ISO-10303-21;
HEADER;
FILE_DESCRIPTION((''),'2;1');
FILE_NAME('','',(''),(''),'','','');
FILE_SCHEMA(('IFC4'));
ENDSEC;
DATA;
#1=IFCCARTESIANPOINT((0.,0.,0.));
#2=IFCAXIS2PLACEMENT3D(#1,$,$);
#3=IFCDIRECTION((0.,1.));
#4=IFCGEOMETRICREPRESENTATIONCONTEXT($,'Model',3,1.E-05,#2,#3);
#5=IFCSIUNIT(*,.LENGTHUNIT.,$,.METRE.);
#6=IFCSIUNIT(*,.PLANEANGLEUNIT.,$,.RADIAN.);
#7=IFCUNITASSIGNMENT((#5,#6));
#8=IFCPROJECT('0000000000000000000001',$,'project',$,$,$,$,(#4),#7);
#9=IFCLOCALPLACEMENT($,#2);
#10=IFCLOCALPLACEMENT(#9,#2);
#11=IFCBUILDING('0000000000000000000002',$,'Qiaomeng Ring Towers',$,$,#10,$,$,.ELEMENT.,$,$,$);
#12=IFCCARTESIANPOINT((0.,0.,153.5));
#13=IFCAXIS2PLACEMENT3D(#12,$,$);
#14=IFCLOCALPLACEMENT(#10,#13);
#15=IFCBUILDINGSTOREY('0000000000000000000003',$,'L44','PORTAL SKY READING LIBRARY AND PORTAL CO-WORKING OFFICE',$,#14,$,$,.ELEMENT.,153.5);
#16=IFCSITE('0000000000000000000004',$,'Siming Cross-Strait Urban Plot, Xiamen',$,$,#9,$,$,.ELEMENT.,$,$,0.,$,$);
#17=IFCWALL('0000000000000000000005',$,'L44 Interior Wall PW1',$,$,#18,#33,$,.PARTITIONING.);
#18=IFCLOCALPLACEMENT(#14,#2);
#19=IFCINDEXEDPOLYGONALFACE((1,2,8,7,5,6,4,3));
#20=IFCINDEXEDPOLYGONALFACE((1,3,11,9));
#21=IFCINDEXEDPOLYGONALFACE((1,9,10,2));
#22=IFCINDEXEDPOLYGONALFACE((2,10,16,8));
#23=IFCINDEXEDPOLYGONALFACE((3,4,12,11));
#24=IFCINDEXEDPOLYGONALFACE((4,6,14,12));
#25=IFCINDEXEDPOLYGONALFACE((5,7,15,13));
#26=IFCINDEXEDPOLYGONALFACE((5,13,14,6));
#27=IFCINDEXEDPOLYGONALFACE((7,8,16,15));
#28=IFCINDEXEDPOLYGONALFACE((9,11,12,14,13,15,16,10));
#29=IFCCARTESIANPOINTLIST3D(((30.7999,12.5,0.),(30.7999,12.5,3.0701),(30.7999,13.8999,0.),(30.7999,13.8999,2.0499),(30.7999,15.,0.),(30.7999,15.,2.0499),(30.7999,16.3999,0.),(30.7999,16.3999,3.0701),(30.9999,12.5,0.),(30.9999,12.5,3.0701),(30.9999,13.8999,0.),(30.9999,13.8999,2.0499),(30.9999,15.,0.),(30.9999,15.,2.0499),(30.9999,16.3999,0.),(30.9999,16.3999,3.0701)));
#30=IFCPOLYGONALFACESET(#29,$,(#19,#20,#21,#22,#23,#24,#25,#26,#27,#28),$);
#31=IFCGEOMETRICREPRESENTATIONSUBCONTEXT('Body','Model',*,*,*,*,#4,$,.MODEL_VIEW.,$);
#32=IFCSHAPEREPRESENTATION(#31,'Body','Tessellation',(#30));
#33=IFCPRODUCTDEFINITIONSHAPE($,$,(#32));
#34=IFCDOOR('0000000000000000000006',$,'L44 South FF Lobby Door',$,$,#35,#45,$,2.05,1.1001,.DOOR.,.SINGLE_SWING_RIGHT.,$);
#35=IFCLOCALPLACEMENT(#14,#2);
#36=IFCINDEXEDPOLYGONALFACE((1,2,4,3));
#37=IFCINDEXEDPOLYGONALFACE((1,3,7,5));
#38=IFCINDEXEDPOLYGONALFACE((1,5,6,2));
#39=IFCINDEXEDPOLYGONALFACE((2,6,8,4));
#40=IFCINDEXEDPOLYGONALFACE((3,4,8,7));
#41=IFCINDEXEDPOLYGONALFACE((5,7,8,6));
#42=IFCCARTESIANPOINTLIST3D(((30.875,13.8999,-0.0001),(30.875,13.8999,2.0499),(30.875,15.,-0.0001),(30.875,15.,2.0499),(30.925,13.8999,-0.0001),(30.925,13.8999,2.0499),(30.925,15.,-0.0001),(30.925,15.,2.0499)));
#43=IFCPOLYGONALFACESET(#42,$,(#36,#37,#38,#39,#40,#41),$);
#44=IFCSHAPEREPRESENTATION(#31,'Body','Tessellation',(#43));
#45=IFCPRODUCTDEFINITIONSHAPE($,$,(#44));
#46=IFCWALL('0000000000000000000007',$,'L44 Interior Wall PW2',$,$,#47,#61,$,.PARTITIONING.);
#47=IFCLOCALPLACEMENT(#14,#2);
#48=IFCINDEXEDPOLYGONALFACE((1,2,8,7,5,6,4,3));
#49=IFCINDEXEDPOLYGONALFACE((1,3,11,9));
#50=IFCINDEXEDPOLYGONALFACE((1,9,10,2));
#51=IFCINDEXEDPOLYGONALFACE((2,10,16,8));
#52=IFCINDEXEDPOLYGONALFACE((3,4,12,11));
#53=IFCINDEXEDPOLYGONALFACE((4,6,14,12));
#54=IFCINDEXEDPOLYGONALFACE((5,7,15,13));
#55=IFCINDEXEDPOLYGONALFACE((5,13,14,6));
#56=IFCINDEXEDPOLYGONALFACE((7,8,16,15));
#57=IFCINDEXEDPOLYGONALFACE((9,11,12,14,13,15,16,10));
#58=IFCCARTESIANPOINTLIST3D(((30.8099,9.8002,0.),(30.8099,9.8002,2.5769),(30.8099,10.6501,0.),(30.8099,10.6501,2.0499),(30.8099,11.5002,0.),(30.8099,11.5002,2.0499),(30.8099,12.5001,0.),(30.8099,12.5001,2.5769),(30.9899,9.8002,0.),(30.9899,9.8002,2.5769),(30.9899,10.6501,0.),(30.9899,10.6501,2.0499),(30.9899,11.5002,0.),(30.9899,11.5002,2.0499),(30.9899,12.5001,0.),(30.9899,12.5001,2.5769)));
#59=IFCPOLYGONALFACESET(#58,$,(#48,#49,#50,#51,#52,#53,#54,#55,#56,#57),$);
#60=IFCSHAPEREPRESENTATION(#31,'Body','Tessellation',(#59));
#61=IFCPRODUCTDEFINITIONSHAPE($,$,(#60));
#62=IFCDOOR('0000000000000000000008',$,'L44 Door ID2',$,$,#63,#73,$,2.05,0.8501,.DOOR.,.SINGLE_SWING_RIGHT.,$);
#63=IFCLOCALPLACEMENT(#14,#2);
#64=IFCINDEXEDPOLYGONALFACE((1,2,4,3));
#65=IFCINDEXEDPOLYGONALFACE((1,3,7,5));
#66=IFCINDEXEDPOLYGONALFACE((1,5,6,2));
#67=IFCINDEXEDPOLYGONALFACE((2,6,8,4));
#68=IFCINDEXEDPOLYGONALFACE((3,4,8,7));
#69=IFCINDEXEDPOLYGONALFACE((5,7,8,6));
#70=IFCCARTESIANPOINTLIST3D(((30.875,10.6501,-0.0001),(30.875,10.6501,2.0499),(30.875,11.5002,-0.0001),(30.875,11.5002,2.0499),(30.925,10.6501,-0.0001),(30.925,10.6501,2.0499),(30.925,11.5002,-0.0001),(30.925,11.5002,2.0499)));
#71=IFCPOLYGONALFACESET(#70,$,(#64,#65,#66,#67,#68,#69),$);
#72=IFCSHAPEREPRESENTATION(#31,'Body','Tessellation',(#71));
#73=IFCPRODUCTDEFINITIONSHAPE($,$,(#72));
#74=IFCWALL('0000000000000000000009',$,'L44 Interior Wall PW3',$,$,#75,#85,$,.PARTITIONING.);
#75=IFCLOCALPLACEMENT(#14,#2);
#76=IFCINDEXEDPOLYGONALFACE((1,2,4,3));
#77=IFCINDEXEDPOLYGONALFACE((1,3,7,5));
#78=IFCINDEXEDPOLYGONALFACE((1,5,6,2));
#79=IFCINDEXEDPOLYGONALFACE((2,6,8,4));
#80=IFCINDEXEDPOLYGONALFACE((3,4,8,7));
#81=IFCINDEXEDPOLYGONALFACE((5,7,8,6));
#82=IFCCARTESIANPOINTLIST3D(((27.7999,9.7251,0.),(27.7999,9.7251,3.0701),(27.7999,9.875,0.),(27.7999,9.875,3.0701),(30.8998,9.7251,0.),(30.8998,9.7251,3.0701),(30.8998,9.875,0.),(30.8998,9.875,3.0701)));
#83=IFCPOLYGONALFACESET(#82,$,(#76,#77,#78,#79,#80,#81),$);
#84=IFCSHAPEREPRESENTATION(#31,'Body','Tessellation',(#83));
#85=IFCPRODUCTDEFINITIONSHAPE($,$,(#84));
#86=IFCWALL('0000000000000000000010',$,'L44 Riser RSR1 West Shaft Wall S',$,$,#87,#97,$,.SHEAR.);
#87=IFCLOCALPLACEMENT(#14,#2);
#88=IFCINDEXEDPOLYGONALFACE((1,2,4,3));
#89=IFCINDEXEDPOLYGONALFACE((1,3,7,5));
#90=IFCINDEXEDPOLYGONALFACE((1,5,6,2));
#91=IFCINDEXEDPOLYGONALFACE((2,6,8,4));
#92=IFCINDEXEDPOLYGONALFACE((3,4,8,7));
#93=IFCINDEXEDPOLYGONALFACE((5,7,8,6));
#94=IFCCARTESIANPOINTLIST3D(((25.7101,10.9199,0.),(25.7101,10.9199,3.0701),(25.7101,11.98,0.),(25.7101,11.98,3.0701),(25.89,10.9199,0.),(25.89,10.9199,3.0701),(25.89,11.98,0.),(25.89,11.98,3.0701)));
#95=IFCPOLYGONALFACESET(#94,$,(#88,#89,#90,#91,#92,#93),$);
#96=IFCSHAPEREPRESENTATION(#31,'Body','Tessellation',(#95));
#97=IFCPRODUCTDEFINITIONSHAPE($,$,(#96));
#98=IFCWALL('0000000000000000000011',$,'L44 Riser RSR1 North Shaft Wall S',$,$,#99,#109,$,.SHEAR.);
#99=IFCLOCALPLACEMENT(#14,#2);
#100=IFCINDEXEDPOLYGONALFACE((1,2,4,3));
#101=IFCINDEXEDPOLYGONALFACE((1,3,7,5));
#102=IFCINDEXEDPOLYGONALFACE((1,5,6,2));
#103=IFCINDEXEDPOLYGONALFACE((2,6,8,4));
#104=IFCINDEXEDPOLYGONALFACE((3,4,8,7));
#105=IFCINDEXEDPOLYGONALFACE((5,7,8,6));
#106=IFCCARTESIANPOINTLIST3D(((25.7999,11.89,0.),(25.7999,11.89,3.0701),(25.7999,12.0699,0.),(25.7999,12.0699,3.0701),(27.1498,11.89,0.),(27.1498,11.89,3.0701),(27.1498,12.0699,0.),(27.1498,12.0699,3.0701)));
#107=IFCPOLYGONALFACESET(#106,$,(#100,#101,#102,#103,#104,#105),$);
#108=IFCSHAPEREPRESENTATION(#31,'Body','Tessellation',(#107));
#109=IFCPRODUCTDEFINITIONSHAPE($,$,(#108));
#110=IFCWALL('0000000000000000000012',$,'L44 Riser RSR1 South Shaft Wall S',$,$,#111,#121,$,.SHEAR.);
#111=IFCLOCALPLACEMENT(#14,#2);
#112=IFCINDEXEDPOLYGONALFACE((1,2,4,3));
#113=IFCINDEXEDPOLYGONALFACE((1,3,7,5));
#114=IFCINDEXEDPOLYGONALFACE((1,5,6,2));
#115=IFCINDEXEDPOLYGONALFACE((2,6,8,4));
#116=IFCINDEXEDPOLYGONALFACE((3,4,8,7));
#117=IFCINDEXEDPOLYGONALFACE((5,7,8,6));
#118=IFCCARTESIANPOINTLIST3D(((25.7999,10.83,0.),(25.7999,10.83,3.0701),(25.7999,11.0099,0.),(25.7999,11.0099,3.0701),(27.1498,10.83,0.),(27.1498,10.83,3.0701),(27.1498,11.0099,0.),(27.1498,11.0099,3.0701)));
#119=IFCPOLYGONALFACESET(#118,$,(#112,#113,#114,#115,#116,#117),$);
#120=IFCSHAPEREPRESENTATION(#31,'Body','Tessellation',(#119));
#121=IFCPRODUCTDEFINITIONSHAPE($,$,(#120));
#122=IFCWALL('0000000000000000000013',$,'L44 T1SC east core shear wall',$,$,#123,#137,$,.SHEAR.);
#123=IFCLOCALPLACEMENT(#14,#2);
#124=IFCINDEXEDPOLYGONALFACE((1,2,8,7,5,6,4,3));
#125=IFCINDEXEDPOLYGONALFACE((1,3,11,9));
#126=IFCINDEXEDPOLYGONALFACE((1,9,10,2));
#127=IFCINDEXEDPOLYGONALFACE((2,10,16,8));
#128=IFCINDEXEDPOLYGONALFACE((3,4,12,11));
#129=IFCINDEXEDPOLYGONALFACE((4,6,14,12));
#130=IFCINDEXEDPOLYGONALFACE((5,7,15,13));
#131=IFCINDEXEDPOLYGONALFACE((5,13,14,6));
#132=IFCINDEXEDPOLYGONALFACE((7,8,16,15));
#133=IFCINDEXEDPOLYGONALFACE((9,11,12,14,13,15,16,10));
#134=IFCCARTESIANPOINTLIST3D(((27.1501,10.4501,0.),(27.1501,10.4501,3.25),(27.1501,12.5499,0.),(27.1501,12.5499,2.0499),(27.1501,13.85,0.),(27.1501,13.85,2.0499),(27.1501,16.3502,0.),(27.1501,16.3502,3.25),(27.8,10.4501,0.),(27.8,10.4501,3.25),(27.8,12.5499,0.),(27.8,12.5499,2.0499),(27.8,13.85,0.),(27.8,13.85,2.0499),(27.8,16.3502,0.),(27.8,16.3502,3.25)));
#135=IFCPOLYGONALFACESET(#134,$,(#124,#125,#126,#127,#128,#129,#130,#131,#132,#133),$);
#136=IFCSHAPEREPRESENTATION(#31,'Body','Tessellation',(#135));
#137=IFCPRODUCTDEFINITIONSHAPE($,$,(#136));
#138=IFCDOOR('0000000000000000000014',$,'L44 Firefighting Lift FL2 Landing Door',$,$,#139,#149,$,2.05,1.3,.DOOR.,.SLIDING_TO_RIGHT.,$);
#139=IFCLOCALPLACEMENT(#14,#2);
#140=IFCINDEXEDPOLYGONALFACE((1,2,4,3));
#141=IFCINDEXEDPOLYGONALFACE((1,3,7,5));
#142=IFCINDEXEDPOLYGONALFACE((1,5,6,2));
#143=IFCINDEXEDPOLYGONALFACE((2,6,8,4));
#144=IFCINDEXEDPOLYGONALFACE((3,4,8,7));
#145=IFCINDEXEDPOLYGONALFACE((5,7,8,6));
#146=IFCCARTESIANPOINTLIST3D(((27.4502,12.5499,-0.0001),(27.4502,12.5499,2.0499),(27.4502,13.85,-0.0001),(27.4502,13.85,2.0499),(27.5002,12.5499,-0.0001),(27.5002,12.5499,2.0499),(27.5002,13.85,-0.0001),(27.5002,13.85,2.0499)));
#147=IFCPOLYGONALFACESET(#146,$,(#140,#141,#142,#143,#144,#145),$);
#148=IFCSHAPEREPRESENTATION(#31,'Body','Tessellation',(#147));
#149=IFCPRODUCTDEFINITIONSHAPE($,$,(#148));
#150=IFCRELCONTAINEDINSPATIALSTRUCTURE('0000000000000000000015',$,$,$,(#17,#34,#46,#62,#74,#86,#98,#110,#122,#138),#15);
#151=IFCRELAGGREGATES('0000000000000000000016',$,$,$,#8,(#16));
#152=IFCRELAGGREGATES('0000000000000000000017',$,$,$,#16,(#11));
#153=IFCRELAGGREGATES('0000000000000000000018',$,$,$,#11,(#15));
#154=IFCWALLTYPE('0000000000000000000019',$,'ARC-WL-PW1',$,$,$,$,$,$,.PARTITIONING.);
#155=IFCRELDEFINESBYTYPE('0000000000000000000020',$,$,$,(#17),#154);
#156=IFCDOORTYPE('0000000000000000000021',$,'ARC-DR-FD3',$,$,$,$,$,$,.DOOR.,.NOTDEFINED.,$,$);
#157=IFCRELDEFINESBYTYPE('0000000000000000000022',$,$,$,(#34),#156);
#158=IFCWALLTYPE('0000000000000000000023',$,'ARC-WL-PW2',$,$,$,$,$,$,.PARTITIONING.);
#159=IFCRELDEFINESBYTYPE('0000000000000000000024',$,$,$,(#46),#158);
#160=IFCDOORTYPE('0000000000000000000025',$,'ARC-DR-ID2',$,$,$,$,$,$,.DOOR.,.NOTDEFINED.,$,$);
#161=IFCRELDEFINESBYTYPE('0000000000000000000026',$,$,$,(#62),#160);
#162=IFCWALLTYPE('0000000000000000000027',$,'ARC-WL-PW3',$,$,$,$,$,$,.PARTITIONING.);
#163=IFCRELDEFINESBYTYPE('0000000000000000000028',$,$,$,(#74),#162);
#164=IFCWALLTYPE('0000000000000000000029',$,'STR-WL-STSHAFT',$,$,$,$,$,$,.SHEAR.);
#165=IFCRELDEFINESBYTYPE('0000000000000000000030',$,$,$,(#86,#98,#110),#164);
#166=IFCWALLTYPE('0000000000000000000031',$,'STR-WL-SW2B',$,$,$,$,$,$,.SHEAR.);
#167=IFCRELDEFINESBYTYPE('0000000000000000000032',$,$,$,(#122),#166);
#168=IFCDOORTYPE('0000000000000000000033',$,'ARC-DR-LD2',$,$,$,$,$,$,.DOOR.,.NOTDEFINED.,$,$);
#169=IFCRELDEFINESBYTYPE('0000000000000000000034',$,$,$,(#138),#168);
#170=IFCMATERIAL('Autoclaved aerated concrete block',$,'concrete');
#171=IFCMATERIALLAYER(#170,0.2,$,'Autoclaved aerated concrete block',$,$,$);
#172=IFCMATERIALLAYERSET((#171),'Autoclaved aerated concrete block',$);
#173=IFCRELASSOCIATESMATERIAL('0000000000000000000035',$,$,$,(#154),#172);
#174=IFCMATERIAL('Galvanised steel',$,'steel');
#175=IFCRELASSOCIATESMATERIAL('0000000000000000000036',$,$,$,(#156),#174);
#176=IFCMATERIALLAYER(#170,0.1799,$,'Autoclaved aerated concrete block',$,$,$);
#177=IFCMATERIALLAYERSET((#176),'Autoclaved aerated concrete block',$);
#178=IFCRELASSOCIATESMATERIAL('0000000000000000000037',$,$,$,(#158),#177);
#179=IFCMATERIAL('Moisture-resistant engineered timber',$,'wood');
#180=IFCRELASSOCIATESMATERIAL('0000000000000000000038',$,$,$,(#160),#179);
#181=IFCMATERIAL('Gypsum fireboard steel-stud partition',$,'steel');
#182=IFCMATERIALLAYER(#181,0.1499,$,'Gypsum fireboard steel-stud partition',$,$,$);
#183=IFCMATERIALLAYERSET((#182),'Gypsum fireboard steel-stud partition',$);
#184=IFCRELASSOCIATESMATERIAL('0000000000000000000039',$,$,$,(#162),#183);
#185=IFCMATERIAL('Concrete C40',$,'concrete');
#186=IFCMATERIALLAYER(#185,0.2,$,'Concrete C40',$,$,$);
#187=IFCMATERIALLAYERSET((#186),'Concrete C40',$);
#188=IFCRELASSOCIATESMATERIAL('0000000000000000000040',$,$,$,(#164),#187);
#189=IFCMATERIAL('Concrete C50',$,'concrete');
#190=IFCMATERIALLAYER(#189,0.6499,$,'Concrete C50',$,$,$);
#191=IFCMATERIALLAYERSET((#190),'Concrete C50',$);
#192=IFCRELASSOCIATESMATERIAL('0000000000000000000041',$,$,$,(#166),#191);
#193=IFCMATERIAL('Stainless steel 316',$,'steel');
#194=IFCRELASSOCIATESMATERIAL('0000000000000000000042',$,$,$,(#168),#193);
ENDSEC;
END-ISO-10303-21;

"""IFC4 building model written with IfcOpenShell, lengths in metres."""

from ifc_helpers import new_model, si_unit, direction, frame, frame_2d, origin, place, context, subcontext, project, spatial, rectangle, extrude, source, transform, mapped, material, layer, layer_set, type_object, element, fill, save


model = new_model("IFC4")

# Units and contexts
model_context = context("Model", 3, precision=1e-05, world=origin(), true_north=direction((0.0, 1.0)))
body_context = subcontext(model_context, "Body", "Model", "MODEL_VIEW")
ifc_project = project(units=[si_unit("LENGTHUNIT", "METRE"), si_unit("PLANEANGLEUNIT", "RADIAN")], contexts=[model_context])

# Site, building, storey
site_placement = place(None, origin())
site = spatial("IfcSite", under=ifc_project, at=site_placement, Name="Siming Cross-Strait Urban Plot, Xiamen", CompositionType="ELEMENT", RefElevation=0.0)
building_placement = place(site_placement, origin())
building = spatial("IfcBuilding", under=site, at=building_placement, Name="Qiaomeng Ring Towers", CompositionType="ELEMENT")
storey_placement = place(building_placement, frame((0.0, 0.0, 153.5)))
storey = spatial("IfcBuildingStorey", under=building, at=storey_placement, Name="L44", Description="PORTAL SKY READING LIBRARY AND PORTAL CO-WORKING OFFICE", CompositionType="ELEMENT", Elevation=153.5)

# Shared definitions
ifc_material_1 = material(Name="Concrete C50", Category="concrete")

# Shared definitions
ifc_material_2 = material(Name="Autoclaved aerated concrete block", Category="concrete")
ifc_layer_1 = layer(ifc_material_2, 0.2, Name="Autoclaved aerated concrete block")
ifc_layer_set_1 = layer_set([ifc_layer_1], Name="Autoclaved aerated concrete block")
wall_type_1 = type_object("IfcWallType", Name="ARC-WL-PW1", PredefinedType="PARTITIONING", material=ifc_layer_set_1)

# Walls, openings, doors
wall_1_placement = place(storey_placement, frame((30.8999, 12.5, 0.0), z_axis=(0.0, 0.0, 1.0), x_axis=(0.0, 1.0, 0.0)))
wall_1 = element("IfcWall", 1, at=wall_1_placement, inside=storey, type_object=wall_type_1, Name="L44 Interior Wall PW1", PredefinedType="PARTITIONING", context=body_context, shape_type="SweptSolid", body=[
    extrude(rectangle(XDim=3.8999, YDim=0.2, at=frame_2d((1.95, 0.0))), origin(), (0.0, 0.0, 1.0), 3.0701),
])
opening_1_placement = place(wall_1_placement, frame((1.3999, 0.0, 0.0)))
opening_1 = element("IfcOpeningElement", 2, at=opening_1_placement, cuts=wall_1, PredefinedType="OPENING", context=body_context, shape_type="SweptSolid", body=[
    extrude(rectangle(XDim=1.1001, YDim=2.05, at=frame_2d((0.55, 1.0249))), frame((0.0, 0.1099, 0.0), z_axis=(0.0, -1.0, 0.0), x_axis=(1.0, 0.0, 0.0)), (0.0, 0.0, 1.0), 0.22),
])
ifc_material_3 = material(Name="Galvanised steel", Category="steel")
door_type_1 = type_object("IfcDoorType", Name="ARC-DR-FD3", OperationType="NOTDEFINED", PredefinedType="DOOR", material=ifc_material_3)
shared_shape_1 = source(origin(), body_context, "Body", "SweptSolid", [
    extrude(rectangle(XDim=1.1001, YDim=2.05, at=frame_2d((0.55, 1.0249))), frame((0.0, 0.0249, 0.0), z_axis=(0.0, -1.0, 0.0), x_axis=(1.0, 0.0, 0.0)), (0.0, 0.0, 1.0), 0.05),
])
door_1_placement = place(opening_1_placement, origin())
door_1 = element("IfcDoor", 3, at=door_1_placement, inside=storey, type_object=door_type_1, Name="L44 South FF Lobby Door", OperationType="SINGLE_SWING_RIGHT", OverallHeight=2.05, OverallWidth=1.1001, PredefinedType="DOOR", context=body_context, shape_type="MappedRepresentation", body=[
    mapped(shared_shape_1, transform((0.0, 0.0, 0.0), x_axis=(1.0, 0.0, 0.0), y_axis=(0.0, 1.0, 0.0), z_axis=(0.0, 0.0, 1.0), scale=1.0)),
])
fill(opening_1, door_1)
ifc_layer_2 = layer(ifc_material_2, 0.1799, Name="Autoclaved aerated concrete block")
ifc_layer_set_2 = layer_set([ifc_layer_2], Name="Autoclaved aerated concrete block")
wall_type_2 = type_object("IfcWallType", Name="ARC-WL-PW2", PredefinedType="PARTITIONING", material=ifc_layer_set_2)
wall_2_placement = place(storey_placement, frame((30.8999, 9.8, 0.0), z_axis=(0.0, 0.0, 1.0), x_axis=(0.0, 1.0, 0.0)))
wall_2 = element("IfcWall", 4, at=wall_2_placement, inside=storey, type_object=wall_type_2, Name="L44 Interior Wall PW2", PredefinedType="PARTITIONING", context=body_context, shape_type="SweptSolid", body=[
    extrude(rectangle(XDim=2.7, YDim=0.1799, at=frame_2d((1.3501, 0.0))), origin(), (0.0, 0.0, 1.0), 2.5769),
])
opening_2_placement = place(wall_2_placement, frame((0.8501, 0.0, 0.0)))
opening_2 = element("IfcOpeningElement", 5, at=opening_2_placement, cuts=wall_2, PredefinedType="OPENING", context=body_context, shape_type="SweptSolid", body=[
    extrude(rectangle(XDim=0.8501, YDim=2.05, at=frame_2d((0.425, 1.0249))), frame((0.0, 0.0999, 0.0), z_axis=(0.0, -1.0, 0.0), x_axis=(1.0, 0.0, 0.0)), (0.0, 0.0, 1.0), 0.2),
])
ifc_material_4 = material(Name="Moisture-resistant engineered timber", Category="wood")
door_type_2 = type_object("IfcDoorType", Name="ARC-DR-ID2", OperationType="NOTDEFINED", PredefinedType="DOOR", material=ifc_material_4)
shared_shape_2 = source(origin(), body_context, "Body", "SweptSolid", [
    extrude(rectangle(XDim=0.8501, YDim=2.05, at=frame_2d((0.425, 1.0249))), frame((0.0, 0.0249, 0.0), z_axis=(0.0, -1.0, 0.0), x_axis=(1.0, 0.0, 0.0)), (0.0, 0.0, 1.0), 0.05),
])
door_2_placement = place(opening_2_placement, origin())
door_2 = element("IfcDoor", 6, at=door_2_placement, inside=storey, type_object=door_type_2, Name="L44 Door ID2", OperationType="SINGLE_SWING_RIGHT", OverallHeight=2.05, OverallWidth=0.8501, PredefinedType="DOOR", context=body_context, shape_type="MappedRepresentation", body=[
    mapped(shared_shape_2, transform((0.0, 0.0, 0.0), x_axis=(1.0, 0.0, 0.0), y_axis=(0.0, 1.0, 0.0), z_axis=(0.0, 0.0, 1.0), scale=1.0)),
])
fill(opening_2, door_2)

# Walls
ifc_material_5 = material(Name="Gypsum fireboard steel-stud partition", Category="steel")
ifc_layer_3 = layer(ifc_material_5, 0.1499, Name="Gypsum fireboard steel-stud partition")
ifc_layer_set_3 = layer_set([ifc_layer_3], Name="Gypsum fireboard steel-stud partition")
wall_type_3 = type_object("IfcWallType", Name="ARC-WL-PW3", PredefinedType="PARTITIONING", material=ifc_layer_set_3)
wall_3_placement = place(storey_placement, frame((27.8, 9.8, 0.0), z_axis=(0.0, 0.0, 1.0), x_axis=(1.0, 0.0, 0.0)))
element("IfcWall", 7, at=wall_3_placement, inside=storey, type_object=wall_type_3, Name="L44 Interior Wall PW3", PredefinedType="PARTITIONING", context=body_context, shape_type="SweptSolid", body=[
    extrude(rectangle(XDim=3.0999, YDim=0.1499, at=frame_2d((1.5498, 0.0))), origin(), (0.0, 0.0, 1.0), 3.0701),
])
ifc_material_6 = material(Name="Concrete C40", Category="concrete")
ifc_layer_4 = layer(ifc_material_6, 0.2, Name="Concrete C40")
ifc_layer_set_4 = layer_set([ifc_layer_4], Name="Concrete C40")
wall_type_4 = type_object("IfcWallType", Name="STR-WL-STSHAFT", PredefinedType="SHEAR", material=ifc_layer_set_4)
wall_4_placement = place(storey_placement, frame((25.8, 10.9199, 0.0), z_axis=(0.0, 0.0, 1.0), x_axis=(0.0, 1.0, 0.0)))
element("IfcWall", 8, at=wall_4_placement, inside=storey, type_object=wall_type_4, Name="L44 Riser RSR1 West Shaft Wall S", PredefinedType="SHEAR", context=body_context, shape_type="SweptSolid", body=[
    extrude(rectangle(XDim=1.0601, YDim=0.1799, at=frame_2d((0.53, 0.0))), origin(), (0.0, 0.0, 1.0), 3.0701),
])
for number, where, z_axis, x_axis, name in (
    (9, (25.8, 11.98, 0.0), (0.0, 0.0, 1.0), (1.0, 0.0, 0.0), "L44 Riser RSR1 North Shaft Wall S"),
    (10, (25.8, 10.9199, 0.0), (0.0, 0.0, 1.0), (1.0, 0.0, 0.0), "L44 Riser RSR1 South Shaft Wall S"),
):
    element("IfcWall", number, at=place(storey_placement, frame(where, z_axis=z_axis, x_axis=x_axis)), inside=storey, type_object=wall_type_4, Name=name, PredefinedType="SHEAR", context=body_context, shape_type="SweptSolid", body=[
        extrude(rectangle(XDim=1.3499, YDim=0.1799, at=frame_2d((0.6748, 0.0))), origin(), (0.0, 0.0, 1.0), 3.0701),
    ])

# Wall, opening, door
ifc_layer_5 = layer(ifc_material_1, 0.6499, Name="Concrete C50")
ifc_layer_set_5 = layer_set([ifc_layer_5], Name="Concrete C50")
wall_type_5 = type_object("IfcWallType", Name="STR-WL-SW2B", PredefinedType="SHEAR", material=ifc_layer_set_5)
wall_5_placement = place(storey_placement, frame((27.4751, 10.45, 0.0), z_axis=(0.0, 0.0, 1.0), x_axis=(0.0, 1.0, 0.0)))
wall_5 = element("IfcWall", 11, at=wall_5_placement, inside=storey, type_object=wall_type_5, Name="L44 T1SC east core shear wall", PredefinedType="SHEAR", context=body_context, shape_type="SweptSolid", body=[
    extrude(rectangle(XDim=5.9001, YDim=0.6499, at=frame_2d((2.9502, 0.0))), origin(), (0.0, 0.0, 1.0), 3.25),
])
opening_3_placement = place(wall_5_placement, frame((2.1001, 0.0, 0.0)))
opening_3 = element("IfcOpeningElement", 12, at=opening_3_placement, cuts=wall_5, PredefinedType="OPENING", context=body_context, shape_type="SweptSolid", body=[
    extrude(rectangle(XDim=1.3, YDim=2.05, at=frame_2d((0.6499, 1.0249))), frame((0.0, 0.335, 0.0), z_axis=(0.0, -1.0, 0.0), x_axis=(1.0, 0.0, 0.0)), (0.0, 0.0, 1.0), 0.6699),
])
ifc_material_7 = material(Name="Stainless steel 316", Category="steel")
door_type_3 = type_object("IfcDoorType", Name="ARC-DR-LD2", OperationType="NOTDEFINED", PredefinedType="DOOR", material=ifc_material_7)
shared_shape_3 = source(origin(), body_context, "Body", "SweptSolid", [
    extrude(rectangle(XDim=1.3, YDim=2.05, at=frame_2d((0.6499, 1.0249))), frame((0.0, 0.0249, 0.0), z_axis=(0.0, -1.0, 0.0), x_axis=(1.0, 0.0, 0.0)), (0.0, 0.0, 1.0), 0.05),
])
door_3_placement = place(opening_3_placement, origin())
door_3 = element("IfcDoor", 13, at=door_3_placement, inside=storey, type_object=door_type_3, Name="L44 Firefighting Lift FL2 Landing Door", OperationType="SLIDING_TO_RIGHT", OverallHeight=2.05, OverallWidth=1.3, PredefinedType="DOOR", context=body_context, shape_type="MappedRepresentation", body=[
    mapped(shared_shape_3, transform((0.0, 0.0, 0.0), x_axis=(1.0, 0.0, 0.0), y_axis=(0.0, 1.0, 0.0), z_axis=(0.0, 0.0, 1.0), scale=1.0)),
])
fill(opening_3, door_3)

save(model, "model.ifc")
